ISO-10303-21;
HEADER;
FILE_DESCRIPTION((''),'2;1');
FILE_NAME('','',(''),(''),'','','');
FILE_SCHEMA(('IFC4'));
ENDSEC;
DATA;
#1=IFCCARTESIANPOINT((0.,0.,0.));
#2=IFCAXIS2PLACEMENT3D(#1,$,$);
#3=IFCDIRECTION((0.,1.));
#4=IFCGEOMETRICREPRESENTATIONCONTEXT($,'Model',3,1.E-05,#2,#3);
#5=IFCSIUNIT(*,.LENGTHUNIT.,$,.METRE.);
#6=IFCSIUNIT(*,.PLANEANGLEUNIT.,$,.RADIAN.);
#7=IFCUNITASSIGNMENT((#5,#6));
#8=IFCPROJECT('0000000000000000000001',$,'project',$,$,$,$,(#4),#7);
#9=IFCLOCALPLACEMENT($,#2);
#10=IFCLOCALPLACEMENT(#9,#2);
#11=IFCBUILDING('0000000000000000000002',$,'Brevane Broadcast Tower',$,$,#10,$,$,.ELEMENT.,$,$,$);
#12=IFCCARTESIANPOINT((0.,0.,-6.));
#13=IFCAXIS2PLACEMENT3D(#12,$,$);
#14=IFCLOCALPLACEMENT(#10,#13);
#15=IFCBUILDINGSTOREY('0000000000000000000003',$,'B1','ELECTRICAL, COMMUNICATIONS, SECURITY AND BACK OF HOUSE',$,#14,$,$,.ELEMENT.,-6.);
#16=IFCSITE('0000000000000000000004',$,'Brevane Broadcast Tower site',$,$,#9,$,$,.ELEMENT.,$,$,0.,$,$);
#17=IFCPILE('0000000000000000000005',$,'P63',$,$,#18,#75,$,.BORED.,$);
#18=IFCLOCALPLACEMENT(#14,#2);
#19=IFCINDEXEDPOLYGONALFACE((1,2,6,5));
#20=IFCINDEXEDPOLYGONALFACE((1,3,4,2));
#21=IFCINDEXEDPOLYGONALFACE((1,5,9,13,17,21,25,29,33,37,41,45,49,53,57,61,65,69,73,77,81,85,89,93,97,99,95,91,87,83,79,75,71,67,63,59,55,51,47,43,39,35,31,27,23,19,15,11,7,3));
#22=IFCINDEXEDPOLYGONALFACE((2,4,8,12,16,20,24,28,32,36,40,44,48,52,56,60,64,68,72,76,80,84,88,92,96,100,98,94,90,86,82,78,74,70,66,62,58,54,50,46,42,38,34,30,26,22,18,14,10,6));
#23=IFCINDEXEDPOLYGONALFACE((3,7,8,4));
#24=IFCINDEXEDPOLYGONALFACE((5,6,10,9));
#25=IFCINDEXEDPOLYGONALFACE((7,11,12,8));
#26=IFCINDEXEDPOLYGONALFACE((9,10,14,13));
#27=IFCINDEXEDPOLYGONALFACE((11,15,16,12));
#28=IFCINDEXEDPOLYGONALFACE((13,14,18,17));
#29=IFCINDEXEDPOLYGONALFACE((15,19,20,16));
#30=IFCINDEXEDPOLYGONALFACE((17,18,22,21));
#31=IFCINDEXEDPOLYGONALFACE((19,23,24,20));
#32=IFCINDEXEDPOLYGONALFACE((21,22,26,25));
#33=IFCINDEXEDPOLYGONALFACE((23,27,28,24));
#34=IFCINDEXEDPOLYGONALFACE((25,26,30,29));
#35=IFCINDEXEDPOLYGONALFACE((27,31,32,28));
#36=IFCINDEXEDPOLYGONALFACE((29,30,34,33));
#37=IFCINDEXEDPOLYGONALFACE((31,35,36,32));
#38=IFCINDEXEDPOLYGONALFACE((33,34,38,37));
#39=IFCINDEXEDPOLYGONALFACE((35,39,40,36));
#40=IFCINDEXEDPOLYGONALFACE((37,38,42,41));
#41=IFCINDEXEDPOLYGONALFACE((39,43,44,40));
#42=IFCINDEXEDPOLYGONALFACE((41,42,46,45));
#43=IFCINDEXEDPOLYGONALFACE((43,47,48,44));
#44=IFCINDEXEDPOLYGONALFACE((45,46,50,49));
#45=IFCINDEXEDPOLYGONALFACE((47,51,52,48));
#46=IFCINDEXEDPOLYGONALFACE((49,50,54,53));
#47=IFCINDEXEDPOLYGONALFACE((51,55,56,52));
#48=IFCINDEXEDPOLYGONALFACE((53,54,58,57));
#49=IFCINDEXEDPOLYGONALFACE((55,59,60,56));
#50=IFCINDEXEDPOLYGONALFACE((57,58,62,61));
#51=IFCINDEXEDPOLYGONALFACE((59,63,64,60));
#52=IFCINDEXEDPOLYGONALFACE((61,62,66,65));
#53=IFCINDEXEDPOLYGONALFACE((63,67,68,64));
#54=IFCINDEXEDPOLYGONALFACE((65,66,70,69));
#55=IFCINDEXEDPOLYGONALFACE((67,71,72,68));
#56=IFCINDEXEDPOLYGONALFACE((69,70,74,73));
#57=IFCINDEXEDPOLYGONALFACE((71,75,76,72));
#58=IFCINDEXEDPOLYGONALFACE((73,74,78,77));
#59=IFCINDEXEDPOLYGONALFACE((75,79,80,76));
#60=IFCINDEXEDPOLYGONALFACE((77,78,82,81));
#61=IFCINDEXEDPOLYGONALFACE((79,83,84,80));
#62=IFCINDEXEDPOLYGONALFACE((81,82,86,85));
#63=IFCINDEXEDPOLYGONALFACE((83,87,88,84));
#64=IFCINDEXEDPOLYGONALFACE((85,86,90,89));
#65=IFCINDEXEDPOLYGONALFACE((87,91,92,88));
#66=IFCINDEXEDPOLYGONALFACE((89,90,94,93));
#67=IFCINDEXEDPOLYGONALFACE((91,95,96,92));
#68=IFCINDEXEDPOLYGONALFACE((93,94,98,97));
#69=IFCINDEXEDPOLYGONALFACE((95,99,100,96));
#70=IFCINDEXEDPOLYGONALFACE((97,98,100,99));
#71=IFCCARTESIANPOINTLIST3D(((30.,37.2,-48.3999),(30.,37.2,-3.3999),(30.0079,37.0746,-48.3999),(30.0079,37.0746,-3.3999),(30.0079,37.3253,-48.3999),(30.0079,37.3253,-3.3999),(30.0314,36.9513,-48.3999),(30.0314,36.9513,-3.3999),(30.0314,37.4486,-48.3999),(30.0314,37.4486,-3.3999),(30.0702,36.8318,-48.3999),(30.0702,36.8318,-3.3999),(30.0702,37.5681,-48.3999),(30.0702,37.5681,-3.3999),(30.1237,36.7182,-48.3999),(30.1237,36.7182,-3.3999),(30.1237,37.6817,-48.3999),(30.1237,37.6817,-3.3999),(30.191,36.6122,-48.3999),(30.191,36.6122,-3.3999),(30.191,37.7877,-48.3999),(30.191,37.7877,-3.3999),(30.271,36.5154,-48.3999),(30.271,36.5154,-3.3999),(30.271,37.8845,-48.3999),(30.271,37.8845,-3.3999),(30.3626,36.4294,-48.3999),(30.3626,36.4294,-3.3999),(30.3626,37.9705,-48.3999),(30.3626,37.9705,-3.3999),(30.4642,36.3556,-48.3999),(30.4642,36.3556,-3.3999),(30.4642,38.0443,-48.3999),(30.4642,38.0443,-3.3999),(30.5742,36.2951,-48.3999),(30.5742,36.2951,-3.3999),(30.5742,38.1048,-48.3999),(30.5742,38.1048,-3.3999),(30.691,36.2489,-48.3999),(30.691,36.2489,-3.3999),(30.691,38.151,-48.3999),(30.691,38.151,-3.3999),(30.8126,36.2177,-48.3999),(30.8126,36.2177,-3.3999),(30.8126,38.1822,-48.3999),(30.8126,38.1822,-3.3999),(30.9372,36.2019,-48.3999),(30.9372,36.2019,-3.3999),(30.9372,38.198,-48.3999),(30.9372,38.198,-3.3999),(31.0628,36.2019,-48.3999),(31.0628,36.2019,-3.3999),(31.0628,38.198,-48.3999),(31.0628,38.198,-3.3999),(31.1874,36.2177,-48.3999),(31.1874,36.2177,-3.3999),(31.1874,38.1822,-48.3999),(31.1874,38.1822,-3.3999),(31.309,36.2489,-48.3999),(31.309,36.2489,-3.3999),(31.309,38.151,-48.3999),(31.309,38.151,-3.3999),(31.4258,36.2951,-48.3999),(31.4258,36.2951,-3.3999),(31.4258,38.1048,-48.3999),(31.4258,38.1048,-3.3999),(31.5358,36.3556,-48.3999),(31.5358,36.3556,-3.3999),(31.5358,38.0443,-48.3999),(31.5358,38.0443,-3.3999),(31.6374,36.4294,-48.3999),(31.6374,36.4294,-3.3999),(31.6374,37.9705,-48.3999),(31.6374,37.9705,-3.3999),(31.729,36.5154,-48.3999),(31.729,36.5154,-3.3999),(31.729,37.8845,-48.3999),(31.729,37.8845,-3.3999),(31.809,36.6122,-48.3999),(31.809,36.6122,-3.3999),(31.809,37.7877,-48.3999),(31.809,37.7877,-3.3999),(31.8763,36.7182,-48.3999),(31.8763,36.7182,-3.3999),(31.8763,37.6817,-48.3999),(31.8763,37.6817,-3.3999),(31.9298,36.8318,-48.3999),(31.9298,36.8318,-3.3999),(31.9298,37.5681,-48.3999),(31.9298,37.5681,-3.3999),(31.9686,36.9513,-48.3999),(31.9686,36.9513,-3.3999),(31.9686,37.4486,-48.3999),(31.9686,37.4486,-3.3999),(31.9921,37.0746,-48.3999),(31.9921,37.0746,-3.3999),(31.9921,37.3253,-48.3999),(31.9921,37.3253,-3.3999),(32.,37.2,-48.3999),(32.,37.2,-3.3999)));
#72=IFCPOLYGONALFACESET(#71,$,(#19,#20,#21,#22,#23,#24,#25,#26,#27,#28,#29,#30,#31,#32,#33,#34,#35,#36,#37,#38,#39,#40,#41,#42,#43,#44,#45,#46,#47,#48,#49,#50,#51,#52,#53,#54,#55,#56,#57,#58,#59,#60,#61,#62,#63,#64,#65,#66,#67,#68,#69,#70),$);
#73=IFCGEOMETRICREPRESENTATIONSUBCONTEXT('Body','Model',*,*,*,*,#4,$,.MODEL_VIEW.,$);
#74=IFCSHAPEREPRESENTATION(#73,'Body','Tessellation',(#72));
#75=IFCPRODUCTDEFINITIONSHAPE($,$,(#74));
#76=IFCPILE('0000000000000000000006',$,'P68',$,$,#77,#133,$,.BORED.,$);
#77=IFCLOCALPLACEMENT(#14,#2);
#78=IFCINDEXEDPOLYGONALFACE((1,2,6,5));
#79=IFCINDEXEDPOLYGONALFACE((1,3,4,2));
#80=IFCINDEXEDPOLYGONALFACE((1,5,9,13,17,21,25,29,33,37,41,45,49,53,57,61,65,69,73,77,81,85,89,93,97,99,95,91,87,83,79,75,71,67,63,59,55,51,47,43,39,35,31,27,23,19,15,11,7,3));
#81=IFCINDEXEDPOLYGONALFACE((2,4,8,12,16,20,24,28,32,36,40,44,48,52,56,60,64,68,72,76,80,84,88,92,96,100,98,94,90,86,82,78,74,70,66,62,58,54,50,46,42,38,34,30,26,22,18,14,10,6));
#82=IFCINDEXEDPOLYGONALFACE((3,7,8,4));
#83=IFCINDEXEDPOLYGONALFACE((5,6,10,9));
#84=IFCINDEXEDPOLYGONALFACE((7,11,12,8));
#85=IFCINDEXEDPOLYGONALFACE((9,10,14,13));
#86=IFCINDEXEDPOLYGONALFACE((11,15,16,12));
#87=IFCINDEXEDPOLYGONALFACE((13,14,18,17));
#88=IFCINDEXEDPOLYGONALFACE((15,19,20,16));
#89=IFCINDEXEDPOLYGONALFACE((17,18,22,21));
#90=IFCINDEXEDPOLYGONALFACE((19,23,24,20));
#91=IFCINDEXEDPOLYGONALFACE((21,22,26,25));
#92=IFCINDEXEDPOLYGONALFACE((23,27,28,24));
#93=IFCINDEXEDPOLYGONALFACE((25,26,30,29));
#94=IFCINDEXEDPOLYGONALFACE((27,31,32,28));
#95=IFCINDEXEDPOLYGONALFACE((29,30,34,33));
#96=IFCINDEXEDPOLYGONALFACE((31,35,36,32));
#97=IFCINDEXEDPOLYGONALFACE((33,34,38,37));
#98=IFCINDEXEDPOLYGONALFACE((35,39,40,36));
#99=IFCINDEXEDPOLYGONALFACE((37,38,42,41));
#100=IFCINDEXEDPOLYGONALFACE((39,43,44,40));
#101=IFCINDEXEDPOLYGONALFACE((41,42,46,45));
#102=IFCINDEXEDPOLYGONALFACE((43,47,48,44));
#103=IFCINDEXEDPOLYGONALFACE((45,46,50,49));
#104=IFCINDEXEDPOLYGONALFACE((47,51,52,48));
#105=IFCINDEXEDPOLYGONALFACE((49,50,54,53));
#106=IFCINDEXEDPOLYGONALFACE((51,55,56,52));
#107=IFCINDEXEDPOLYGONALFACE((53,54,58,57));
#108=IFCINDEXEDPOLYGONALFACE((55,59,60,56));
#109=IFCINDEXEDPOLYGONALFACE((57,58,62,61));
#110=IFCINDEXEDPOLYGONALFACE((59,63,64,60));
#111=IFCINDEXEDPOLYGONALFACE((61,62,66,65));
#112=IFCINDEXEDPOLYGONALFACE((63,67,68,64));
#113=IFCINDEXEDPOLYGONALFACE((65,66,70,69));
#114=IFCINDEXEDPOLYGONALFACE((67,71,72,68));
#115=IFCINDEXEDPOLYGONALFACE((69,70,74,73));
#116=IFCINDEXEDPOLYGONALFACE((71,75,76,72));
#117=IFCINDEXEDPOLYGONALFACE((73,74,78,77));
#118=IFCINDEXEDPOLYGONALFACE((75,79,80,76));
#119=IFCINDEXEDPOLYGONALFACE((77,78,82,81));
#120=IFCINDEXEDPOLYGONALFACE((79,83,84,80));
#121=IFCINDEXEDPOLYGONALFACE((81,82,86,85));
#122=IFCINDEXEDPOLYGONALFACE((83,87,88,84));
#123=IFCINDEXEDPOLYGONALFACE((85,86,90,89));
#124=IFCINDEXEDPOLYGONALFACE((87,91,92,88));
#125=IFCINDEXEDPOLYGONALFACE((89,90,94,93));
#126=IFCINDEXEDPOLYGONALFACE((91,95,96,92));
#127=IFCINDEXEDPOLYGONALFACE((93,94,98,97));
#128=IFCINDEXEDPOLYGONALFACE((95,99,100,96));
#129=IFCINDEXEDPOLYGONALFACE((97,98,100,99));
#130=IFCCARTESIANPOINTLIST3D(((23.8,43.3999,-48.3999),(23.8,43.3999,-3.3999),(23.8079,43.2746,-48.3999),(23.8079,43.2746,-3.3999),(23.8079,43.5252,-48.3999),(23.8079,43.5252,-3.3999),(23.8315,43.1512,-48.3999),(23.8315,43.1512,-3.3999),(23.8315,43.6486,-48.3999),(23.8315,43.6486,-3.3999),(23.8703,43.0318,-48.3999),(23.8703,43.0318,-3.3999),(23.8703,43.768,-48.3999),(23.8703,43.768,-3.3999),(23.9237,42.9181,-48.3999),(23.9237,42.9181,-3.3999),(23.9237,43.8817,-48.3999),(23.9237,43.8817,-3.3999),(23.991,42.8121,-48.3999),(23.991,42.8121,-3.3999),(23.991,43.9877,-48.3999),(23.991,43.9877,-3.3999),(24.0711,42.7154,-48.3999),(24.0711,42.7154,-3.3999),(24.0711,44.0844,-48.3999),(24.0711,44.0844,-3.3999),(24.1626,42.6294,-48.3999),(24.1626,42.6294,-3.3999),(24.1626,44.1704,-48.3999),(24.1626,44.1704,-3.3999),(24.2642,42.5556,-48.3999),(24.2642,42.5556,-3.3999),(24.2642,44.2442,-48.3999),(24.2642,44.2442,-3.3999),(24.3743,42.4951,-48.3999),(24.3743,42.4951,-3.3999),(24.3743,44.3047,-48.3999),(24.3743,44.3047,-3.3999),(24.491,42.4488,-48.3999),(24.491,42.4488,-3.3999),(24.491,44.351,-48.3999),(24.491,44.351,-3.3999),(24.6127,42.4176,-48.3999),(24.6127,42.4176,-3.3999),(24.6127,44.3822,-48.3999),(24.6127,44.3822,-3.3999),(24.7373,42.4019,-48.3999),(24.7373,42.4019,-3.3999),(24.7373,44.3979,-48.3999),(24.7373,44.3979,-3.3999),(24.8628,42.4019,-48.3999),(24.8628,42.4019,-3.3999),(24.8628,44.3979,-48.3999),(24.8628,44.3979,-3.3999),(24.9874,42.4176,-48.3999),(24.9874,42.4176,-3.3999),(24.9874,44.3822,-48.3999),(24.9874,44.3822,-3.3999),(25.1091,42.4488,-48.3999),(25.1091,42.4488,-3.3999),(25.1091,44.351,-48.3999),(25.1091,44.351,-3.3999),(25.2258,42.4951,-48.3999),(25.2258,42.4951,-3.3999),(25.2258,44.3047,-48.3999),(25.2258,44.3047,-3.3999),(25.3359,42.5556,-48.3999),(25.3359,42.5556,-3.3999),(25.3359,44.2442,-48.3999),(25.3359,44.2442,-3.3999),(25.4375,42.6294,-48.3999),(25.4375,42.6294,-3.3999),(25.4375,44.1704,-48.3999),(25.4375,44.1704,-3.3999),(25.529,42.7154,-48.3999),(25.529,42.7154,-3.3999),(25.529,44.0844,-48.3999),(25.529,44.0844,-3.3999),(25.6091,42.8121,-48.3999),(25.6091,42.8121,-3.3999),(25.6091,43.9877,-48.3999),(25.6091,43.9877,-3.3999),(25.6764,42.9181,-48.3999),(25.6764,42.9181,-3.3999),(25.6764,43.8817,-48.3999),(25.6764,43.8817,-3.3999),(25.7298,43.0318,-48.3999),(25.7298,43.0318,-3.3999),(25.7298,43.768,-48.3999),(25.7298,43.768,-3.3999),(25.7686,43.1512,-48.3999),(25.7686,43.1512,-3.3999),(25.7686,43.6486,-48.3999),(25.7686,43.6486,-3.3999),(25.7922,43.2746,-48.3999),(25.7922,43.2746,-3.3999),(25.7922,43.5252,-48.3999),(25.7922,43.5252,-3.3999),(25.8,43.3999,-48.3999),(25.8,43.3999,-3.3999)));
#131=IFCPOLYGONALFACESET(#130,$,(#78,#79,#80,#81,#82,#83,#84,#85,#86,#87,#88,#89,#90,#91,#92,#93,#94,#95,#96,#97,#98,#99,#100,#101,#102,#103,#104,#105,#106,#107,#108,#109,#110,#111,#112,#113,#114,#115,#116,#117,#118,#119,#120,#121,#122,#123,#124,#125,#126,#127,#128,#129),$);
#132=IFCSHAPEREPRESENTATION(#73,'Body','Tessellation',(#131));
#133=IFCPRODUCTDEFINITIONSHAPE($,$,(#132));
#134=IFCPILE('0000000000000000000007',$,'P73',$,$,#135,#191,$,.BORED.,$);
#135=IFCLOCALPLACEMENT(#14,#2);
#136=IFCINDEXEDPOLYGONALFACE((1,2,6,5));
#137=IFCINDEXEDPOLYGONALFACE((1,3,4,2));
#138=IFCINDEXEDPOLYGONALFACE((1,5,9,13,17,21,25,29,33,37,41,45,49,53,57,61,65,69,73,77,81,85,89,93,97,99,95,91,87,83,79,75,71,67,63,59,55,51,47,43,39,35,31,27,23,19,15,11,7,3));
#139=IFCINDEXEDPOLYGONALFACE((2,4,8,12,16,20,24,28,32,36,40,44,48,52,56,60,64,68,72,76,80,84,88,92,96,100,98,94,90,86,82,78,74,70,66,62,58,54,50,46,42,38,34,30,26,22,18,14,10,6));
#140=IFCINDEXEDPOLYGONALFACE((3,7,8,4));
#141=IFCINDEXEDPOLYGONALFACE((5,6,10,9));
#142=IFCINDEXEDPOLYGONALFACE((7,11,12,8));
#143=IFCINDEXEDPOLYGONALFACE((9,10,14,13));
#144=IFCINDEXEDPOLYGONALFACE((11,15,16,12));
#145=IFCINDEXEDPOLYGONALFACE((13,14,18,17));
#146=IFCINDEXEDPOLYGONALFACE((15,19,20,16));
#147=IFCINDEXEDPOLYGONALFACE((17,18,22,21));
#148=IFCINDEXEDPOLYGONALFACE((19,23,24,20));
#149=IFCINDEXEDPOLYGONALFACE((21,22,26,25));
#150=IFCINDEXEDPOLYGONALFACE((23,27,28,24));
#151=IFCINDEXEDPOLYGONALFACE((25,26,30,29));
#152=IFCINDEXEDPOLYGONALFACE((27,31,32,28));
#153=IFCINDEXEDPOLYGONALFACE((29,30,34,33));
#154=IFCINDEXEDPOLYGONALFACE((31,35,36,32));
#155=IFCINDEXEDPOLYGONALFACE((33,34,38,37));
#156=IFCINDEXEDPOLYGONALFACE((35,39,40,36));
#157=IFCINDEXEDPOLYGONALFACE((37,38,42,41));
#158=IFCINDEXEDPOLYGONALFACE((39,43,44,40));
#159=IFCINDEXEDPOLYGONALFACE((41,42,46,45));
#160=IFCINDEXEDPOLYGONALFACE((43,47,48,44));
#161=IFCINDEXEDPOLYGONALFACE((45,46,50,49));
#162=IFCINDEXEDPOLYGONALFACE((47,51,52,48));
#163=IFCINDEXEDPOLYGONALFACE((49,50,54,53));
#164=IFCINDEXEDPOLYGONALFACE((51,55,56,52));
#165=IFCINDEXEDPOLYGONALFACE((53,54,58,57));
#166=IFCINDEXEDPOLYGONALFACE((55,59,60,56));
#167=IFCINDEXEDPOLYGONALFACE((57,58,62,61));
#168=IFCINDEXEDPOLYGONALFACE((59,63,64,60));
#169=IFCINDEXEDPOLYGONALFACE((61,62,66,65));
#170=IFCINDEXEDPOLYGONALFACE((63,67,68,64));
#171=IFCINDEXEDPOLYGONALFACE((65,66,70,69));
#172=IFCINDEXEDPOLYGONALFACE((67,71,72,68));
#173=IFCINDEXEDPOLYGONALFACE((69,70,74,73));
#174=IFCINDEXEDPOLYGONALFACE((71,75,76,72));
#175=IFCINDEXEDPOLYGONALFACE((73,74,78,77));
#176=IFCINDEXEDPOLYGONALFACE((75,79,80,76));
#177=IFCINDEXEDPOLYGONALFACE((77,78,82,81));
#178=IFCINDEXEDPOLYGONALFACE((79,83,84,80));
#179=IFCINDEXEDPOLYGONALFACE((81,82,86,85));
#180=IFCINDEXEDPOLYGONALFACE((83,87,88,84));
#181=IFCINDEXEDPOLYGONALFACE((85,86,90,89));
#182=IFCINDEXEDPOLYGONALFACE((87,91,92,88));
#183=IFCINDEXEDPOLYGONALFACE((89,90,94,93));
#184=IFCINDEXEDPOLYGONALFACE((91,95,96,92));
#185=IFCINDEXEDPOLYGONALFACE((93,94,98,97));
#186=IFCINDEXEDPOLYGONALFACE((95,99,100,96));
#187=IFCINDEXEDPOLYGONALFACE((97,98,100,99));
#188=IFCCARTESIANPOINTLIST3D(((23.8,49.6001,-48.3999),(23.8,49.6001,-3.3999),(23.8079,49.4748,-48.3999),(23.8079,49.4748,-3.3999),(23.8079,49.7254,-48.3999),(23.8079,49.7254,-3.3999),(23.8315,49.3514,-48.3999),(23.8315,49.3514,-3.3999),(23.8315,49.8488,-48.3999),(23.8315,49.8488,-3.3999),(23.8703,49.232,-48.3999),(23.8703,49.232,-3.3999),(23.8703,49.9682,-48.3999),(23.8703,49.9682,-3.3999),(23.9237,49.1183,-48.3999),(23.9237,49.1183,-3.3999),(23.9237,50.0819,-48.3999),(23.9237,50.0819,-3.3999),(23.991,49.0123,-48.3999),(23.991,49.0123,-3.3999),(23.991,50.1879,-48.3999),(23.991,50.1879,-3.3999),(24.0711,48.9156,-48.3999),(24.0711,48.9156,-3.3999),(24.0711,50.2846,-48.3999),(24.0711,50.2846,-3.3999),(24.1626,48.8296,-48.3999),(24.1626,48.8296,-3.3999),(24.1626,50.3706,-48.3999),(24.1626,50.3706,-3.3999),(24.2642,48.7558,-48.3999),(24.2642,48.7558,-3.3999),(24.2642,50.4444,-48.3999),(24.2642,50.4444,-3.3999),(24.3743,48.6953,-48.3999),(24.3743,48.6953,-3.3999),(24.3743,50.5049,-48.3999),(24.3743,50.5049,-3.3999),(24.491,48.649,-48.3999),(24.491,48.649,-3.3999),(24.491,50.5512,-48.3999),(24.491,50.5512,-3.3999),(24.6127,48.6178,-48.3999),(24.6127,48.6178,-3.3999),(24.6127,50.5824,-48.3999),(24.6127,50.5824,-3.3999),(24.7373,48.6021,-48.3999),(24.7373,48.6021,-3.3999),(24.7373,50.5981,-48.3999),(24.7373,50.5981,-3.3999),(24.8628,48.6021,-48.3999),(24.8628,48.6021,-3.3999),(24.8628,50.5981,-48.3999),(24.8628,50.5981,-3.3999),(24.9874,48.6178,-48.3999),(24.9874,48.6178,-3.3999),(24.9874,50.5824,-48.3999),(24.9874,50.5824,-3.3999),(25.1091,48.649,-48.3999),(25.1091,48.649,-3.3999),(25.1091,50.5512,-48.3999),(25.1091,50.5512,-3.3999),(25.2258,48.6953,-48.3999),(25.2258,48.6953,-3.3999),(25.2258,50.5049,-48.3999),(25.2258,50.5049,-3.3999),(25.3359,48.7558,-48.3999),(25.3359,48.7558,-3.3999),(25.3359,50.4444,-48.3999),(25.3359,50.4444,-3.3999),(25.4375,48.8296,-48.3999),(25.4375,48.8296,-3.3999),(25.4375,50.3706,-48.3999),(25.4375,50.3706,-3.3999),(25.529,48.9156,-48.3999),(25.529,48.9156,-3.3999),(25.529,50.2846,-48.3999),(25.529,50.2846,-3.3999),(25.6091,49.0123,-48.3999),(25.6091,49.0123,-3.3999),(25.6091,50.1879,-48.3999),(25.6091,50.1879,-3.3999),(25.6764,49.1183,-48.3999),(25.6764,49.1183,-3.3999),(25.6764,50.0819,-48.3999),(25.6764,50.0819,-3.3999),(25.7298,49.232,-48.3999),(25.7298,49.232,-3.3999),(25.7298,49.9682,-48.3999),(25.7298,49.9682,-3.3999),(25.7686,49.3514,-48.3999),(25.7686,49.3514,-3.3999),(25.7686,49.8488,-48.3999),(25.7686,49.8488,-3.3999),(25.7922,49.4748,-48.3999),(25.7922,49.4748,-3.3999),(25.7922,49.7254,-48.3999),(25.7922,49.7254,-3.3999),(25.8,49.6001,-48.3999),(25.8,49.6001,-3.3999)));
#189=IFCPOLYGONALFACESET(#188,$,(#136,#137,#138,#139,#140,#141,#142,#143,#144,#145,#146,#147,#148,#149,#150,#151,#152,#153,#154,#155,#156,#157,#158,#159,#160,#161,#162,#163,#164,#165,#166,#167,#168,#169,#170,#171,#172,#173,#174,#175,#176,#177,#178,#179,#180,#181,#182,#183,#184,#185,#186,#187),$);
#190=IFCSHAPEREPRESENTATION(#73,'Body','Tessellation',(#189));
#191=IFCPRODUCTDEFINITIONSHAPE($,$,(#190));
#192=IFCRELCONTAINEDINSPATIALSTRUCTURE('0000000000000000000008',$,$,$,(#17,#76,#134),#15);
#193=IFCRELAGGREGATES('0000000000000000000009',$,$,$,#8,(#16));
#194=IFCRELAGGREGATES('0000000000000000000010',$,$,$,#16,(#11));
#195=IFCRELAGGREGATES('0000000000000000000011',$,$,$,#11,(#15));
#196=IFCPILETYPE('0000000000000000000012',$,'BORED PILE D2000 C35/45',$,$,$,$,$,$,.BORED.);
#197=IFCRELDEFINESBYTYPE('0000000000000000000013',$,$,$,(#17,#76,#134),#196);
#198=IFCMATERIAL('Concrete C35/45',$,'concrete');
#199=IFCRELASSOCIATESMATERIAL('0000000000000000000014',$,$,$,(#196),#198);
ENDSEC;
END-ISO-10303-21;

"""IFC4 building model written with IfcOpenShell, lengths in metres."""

from ifc_helpers import new_model, si_unit, direction, frame, origin, origin_2d, place, context, subcontext, project, spatial, circle, extrude, material, material_profile, profile_set, type_object, element, save


model = new_model("IFC4")

# Units and contexts
model_context = context("Model", 3, precision=1e-05, world=origin(), true_north=direction((0.0, 1.0)))
body_context = subcontext(model_context, "Body", "Model", "MODEL_VIEW")
ifc_project = project(units=[si_unit("LENGTHUNIT", "METRE"), si_unit("PLANEANGLEUNIT", "RADIAN")], contexts=[model_context])

# Site, building, storey
site_placement = place(None, origin())
site = spatial("IfcSite", under=ifc_project, at=site_placement, Name="Brevane Broadcast Tower site", CompositionType="ELEMENT", RefElevation=0.0)
building_placement = place(site_placement, origin())
building = spatial("IfcBuilding", under=site, at=building_placement, Name="Brevane Broadcast Tower", CompositionType="ELEMENT")
storey_placement = place(building_placement, frame((0.0, 0.0, -6.0)))
storey = spatial("IfcBuildingStorey", under=building, at=storey_placement, Name="B1", Description="ELECTRICAL, COMMUNICATIONS, SECURITY AND BACK OF HOUSE", CompositionType="ELEMENT", Elevation=-6.0)

# Piles
ifc_material_1 = material(Name="Concrete C35/45", Category="concrete")
ifc_material_profile_1 = material_profile(ifc_material_1, circle(Radius=1.0, at=origin_2d()), Name="RC D2000")
ifc_profile_set_1 = profile_set([ifc_material_profile_1], Name="Concrete C35/45")
pile_type = type_object("IfcPileType", Name="BORED PILE D2000 C35/45", PredefinedType="BORED", material=ifc_profile_set_1)
for number, where, z_axis, x_axis, name in (
    (1, (31.0, 37.2, -3.3999), (0.0, 0.0, -1.0), (1.0, 0.0, 0.0), "P63"),
    (2, (24.8, 43.3999, -3.3999), (0.0, 0.0, -1.0), (1.0, 0.0, 0.0), "P68"),
    (3, (24.8, 49.6001, -3.3999), (0.0, 0.0, -1.0), (1.0, 0.0, 0.0), "P73"),
):
    element("IfcPile", number, at=place(storey_placement, frame(where, z_axis=z_axis, x_axis=x_axis)), inside=storey, type_object=pile_type, Name=name, PredefinedType="BORED", context=body_context, shape_type="SweptSolid", body=[
        extrude(circle(Radius=1.0, at=origin_2d()), origin(), (0.0, 0.0, 1.0), 45.0),
    ])

save(model, "model.ifc")
